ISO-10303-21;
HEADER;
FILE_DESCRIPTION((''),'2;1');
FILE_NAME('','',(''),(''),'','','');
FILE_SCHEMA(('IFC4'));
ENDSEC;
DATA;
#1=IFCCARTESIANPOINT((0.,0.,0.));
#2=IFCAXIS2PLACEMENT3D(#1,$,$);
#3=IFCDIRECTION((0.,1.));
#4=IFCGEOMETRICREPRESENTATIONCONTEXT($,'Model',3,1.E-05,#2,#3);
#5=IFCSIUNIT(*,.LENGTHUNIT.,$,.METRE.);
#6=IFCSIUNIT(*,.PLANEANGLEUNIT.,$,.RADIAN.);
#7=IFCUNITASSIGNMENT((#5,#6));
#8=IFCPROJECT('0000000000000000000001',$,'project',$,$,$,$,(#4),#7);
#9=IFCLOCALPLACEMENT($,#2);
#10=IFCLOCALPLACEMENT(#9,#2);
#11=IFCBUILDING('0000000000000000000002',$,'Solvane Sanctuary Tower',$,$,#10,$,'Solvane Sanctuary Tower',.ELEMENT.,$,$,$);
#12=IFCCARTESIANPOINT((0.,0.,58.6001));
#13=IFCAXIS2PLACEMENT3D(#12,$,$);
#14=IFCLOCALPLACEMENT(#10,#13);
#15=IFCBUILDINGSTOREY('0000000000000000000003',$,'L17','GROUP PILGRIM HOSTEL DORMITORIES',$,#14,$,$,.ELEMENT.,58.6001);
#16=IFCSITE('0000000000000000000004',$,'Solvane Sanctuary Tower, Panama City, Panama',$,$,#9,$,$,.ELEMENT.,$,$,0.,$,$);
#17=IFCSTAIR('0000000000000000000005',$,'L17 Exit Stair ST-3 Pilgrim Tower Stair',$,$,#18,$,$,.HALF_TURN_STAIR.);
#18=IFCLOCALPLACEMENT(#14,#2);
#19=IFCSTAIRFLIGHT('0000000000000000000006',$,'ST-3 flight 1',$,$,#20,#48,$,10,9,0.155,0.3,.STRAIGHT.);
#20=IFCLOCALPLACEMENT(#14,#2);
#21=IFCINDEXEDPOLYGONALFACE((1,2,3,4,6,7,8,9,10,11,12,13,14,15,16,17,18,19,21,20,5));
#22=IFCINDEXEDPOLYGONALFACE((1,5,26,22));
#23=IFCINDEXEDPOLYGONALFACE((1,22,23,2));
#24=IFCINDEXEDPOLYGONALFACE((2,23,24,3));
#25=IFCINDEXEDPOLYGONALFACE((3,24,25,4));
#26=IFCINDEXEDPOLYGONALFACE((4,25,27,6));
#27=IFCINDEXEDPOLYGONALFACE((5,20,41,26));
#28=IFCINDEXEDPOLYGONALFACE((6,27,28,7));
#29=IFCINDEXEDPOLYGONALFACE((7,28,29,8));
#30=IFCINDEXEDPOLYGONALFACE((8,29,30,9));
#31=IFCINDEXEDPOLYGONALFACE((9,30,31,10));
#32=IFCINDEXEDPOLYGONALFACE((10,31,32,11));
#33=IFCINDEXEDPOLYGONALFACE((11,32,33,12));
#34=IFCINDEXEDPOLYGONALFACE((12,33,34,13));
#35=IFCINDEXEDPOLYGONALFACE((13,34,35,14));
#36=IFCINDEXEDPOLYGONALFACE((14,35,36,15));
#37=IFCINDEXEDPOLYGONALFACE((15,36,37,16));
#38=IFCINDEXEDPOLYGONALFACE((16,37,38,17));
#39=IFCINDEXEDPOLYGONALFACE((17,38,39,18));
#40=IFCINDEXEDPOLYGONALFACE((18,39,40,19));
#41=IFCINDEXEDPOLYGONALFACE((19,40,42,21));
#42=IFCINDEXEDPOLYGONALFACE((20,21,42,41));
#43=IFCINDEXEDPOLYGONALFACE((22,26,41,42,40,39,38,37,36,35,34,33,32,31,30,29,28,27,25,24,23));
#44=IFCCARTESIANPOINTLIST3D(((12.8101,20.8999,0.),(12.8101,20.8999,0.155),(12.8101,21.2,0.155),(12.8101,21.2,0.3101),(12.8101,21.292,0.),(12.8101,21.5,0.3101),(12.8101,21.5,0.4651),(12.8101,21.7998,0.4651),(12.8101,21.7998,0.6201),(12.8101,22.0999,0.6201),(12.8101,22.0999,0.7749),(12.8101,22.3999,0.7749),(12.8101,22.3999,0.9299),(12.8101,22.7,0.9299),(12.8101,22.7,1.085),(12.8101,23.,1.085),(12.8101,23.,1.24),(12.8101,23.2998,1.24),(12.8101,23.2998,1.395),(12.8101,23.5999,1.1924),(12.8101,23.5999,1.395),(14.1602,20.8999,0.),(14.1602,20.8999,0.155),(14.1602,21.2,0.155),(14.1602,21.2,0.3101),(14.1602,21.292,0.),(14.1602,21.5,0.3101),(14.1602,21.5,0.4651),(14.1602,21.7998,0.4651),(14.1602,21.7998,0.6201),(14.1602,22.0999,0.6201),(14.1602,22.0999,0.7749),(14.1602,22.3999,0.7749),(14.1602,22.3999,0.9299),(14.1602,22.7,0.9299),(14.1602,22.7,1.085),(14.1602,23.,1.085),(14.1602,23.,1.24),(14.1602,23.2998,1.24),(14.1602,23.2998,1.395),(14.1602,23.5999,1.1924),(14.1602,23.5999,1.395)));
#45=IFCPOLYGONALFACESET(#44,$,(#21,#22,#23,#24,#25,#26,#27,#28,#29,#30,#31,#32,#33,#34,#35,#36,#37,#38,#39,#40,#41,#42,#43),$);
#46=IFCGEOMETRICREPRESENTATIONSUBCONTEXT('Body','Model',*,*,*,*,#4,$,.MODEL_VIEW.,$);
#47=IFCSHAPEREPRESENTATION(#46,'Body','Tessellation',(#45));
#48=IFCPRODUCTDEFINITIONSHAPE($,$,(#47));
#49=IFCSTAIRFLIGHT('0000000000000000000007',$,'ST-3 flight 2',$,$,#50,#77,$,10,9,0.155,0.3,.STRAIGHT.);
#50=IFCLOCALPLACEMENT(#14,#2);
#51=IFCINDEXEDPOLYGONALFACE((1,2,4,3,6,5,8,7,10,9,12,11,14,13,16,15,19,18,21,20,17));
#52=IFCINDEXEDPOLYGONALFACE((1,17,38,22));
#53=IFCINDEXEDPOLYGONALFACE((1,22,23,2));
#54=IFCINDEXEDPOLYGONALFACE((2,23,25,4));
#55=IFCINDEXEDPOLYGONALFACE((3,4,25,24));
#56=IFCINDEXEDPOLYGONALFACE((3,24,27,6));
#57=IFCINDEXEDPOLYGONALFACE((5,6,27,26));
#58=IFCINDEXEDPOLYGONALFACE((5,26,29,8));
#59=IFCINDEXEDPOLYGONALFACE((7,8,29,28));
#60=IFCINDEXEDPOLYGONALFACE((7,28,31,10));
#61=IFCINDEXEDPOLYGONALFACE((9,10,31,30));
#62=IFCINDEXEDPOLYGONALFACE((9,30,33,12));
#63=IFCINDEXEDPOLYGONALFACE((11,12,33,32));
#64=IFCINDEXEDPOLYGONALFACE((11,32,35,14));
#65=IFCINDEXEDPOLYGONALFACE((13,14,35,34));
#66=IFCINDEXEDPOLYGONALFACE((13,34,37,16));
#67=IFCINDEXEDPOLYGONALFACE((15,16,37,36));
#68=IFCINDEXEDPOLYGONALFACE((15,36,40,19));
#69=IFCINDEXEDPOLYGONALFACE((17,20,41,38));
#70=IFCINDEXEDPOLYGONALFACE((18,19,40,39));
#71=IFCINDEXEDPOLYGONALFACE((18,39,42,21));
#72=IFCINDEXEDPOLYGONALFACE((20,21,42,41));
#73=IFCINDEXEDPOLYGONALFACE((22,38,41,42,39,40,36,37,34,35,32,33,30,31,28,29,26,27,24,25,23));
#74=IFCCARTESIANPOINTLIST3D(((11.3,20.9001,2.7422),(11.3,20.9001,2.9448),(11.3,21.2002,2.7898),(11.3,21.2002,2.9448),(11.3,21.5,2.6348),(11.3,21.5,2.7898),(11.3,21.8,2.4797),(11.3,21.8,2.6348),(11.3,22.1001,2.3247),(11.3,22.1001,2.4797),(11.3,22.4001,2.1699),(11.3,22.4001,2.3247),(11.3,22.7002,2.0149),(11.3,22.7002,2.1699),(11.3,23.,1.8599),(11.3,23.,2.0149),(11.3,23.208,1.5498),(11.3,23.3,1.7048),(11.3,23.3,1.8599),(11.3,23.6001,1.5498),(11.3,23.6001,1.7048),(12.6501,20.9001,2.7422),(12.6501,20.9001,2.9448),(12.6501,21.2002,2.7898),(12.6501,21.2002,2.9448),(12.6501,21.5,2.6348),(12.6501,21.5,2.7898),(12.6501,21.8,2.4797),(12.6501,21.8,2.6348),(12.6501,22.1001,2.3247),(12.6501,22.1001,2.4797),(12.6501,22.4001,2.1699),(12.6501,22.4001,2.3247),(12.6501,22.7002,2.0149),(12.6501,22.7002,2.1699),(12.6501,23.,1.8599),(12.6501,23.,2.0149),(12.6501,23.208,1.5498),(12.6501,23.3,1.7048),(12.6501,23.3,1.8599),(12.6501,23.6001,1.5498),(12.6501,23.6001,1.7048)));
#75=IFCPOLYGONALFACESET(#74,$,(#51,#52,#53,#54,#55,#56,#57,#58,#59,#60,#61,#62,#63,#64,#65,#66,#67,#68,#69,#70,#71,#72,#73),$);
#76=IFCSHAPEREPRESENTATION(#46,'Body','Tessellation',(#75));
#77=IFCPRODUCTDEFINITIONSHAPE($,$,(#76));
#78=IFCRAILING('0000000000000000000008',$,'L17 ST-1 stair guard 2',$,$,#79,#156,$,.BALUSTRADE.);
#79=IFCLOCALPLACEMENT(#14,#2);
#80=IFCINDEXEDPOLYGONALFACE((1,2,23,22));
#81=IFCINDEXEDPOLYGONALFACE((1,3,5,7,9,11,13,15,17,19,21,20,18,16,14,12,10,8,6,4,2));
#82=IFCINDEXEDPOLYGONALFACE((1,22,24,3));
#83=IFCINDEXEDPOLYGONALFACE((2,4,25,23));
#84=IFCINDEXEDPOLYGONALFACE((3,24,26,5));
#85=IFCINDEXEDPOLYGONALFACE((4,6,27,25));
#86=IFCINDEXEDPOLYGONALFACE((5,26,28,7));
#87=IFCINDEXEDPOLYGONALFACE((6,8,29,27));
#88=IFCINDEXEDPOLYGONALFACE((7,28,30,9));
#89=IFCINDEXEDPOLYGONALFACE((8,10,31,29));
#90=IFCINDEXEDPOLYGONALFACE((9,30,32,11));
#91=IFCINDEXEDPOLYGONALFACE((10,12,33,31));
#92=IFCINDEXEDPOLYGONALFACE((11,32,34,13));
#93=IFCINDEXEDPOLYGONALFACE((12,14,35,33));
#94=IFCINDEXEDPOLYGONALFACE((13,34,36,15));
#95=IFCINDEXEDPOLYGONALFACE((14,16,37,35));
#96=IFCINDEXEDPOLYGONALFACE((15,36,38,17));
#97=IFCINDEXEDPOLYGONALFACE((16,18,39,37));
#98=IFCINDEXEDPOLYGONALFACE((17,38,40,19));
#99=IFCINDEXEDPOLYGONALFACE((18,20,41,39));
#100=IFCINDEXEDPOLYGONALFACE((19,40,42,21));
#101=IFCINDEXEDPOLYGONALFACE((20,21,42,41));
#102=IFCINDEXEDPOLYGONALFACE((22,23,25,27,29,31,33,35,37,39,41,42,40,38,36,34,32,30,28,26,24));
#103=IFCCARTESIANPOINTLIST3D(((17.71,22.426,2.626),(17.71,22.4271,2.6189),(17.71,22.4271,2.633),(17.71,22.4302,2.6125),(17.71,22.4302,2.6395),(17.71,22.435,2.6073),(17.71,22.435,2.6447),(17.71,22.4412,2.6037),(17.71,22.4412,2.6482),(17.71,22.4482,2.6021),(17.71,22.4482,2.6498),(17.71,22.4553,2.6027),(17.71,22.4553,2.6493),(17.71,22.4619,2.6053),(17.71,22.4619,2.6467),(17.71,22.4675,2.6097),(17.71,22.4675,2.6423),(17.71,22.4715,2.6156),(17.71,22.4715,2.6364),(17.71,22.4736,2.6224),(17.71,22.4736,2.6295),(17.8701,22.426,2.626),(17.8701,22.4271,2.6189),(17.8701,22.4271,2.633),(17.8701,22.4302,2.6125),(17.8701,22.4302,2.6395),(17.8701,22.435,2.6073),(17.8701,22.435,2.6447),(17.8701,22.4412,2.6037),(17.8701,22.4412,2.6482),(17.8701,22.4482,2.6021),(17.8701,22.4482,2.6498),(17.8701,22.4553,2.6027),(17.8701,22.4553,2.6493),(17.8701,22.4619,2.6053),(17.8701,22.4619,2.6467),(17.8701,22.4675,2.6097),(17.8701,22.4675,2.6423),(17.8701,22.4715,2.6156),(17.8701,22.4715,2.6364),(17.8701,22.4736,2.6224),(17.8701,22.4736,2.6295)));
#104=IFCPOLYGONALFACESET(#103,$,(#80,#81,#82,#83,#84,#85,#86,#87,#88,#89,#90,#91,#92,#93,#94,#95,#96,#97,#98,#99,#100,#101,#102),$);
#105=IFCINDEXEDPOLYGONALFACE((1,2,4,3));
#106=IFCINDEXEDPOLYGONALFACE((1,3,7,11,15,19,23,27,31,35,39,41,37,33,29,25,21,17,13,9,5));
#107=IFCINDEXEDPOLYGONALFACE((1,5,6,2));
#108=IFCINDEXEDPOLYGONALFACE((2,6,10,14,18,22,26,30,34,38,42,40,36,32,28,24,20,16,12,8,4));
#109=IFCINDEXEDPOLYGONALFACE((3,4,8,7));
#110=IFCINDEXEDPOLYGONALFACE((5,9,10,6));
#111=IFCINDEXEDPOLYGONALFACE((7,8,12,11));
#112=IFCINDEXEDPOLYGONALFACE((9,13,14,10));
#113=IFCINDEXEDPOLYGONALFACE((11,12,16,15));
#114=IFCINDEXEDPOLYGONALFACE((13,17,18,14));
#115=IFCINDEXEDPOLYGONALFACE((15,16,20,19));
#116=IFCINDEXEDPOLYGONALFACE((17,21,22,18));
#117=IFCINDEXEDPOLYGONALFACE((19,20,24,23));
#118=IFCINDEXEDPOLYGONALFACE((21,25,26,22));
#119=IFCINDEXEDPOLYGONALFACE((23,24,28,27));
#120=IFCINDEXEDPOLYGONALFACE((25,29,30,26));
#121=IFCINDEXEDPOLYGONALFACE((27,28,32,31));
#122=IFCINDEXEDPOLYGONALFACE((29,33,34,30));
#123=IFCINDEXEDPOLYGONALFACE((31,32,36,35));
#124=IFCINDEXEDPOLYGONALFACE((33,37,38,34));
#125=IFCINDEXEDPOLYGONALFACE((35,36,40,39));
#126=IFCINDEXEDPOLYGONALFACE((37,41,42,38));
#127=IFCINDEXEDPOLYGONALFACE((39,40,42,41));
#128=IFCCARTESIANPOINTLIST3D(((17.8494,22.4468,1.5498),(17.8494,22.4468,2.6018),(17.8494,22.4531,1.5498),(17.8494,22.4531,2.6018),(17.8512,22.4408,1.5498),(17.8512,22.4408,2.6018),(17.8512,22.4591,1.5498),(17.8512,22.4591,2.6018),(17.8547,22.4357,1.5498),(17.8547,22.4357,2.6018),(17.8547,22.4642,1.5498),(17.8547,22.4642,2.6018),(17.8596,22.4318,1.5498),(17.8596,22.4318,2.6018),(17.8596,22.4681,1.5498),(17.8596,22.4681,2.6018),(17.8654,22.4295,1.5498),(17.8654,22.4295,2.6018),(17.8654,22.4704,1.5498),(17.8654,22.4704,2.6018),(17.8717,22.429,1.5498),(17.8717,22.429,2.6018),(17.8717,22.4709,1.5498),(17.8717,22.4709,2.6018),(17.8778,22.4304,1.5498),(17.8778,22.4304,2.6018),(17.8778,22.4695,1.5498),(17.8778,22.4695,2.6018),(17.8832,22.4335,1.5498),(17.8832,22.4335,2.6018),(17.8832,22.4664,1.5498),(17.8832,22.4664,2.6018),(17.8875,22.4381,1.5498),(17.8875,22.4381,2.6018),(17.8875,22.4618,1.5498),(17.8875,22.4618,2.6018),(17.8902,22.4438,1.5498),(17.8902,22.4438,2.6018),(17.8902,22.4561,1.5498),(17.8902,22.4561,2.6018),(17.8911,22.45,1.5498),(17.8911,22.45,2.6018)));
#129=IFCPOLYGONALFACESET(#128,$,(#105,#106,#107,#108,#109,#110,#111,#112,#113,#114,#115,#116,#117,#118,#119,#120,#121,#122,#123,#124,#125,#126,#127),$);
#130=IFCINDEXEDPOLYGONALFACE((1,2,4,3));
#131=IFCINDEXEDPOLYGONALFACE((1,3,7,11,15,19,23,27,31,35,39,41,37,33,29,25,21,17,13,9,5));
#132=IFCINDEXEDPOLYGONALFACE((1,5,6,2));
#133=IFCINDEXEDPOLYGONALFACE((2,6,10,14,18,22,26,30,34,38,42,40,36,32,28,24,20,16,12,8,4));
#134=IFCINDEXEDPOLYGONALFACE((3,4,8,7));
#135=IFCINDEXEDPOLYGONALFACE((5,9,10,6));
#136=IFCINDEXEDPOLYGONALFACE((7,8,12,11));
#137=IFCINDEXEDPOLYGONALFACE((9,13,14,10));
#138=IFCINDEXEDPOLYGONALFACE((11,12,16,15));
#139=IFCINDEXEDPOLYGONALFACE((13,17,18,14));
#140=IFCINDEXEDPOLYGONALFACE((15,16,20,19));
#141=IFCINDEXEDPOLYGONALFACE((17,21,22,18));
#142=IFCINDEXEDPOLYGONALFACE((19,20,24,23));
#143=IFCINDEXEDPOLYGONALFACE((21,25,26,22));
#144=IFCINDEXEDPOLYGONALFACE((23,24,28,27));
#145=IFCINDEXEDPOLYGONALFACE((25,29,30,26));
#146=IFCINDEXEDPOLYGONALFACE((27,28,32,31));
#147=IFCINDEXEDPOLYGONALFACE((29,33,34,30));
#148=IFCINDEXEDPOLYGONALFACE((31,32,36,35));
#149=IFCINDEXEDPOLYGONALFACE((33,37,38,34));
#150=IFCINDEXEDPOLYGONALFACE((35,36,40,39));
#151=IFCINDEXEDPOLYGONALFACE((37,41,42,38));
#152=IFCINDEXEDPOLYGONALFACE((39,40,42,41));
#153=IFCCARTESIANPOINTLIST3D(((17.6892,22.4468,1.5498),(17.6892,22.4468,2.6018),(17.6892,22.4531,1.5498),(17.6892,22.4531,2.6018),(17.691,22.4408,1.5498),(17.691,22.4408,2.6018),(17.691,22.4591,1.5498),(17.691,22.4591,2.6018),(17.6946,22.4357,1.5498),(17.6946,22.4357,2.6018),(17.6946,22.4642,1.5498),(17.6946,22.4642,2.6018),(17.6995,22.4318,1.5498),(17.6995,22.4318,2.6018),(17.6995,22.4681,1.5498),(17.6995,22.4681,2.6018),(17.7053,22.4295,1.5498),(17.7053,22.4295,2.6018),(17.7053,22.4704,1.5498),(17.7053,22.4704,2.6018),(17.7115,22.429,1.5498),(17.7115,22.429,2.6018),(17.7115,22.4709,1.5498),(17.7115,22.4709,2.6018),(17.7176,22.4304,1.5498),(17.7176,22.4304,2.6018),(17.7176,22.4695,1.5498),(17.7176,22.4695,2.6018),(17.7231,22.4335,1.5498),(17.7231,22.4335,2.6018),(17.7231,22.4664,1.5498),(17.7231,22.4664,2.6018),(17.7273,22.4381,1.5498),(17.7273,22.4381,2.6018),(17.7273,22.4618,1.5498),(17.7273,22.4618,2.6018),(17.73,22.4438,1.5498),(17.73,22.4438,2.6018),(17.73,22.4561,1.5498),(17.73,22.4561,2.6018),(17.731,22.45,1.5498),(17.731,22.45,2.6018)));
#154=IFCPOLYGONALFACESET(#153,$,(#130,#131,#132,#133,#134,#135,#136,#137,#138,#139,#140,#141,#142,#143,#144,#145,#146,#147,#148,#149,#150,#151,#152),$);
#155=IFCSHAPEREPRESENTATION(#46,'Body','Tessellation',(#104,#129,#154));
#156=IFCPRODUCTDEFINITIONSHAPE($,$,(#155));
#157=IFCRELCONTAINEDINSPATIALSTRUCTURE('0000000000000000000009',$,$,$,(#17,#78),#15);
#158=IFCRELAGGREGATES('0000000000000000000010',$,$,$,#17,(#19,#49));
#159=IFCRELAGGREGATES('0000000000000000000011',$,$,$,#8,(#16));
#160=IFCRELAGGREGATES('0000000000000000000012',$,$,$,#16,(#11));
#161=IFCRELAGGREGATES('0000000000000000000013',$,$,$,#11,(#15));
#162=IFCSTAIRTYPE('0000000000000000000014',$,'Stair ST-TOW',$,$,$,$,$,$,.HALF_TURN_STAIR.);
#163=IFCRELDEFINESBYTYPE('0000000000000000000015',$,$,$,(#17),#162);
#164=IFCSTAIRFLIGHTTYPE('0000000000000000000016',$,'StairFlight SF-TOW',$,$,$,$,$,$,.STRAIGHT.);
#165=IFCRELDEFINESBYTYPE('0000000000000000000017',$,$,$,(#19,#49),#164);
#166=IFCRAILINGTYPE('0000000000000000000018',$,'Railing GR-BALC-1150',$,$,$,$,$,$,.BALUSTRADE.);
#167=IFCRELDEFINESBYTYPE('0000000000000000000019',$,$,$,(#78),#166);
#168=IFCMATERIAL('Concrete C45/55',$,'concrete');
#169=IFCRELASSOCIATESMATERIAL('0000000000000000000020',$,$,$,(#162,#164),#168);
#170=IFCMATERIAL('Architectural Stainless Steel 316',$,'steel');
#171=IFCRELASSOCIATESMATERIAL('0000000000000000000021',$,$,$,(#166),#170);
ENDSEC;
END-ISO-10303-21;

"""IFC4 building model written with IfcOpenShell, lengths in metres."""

from ifc_helpers import new_model, si_unit, direction, frame, origin, origin_2d, place, context, subcontext, project, spatial, polyline, circle, outline, extrude, material, type_object, element, aggregate, save


model = new_model("IFC4")

# Units and contexts
model_context = context("Model", 3, precision=1e-05, world=origin(), true_north=direction((0.0, 1.0)))
body_context = subcontext(model_context, "Body", "Model", "MODEL_VIEW")
ifc_project = project(units=[si_unit("LENGTHUNIT", "METRE"), si_unit("PLANEANGLEUNIT", "RADIAN")], contexts=[model_context])

# Site, building, storey
site_placement = place(None, origin())
site = spatial("IfcSite", under=ifc_project, at=site_placement, Name="Solvane Sanctuary Tower, Panama City, Panama", CompositionType="ELEMENT", RefElevation=0.0)
building_placement = place(site_placement, origin())
building = spatial("IfcBuilding", under=site, at=building_placement, Name="Solvane Sanctuary Tower", LongName="Solvane Sanctuary Tower", CompositionType="ELEMENT")
storey_placement = place(building_placement, frame((0.0, 0.0, 58.6001)))
storey = spatial("IfcBuildingStorey", under=building, at=storey_placement, Name="L17", Description="GROUP PILGRIM HOSTEL DORMITORIES", CompositionType="ELEMENT", Elevation=58.6001)

# Shared definitions
ifc_material_1 = material(Name="Concrete C45/55", Category="concrete")
stair_type = type_object("IfcStairType", Name="Stair ST-TOW", PredefinedType="HALF_TURN_STAIR", material=ifc_material_1)
stair_flight_type = type_object("IfcStairFlightType", Name="StairFlight SF-TOW", PredefinedType="STRAIGHT", material=ifc_material_1)

# Stair, stair flights
stair_1_placement = place(storey_placement, origin())
stair_1 = element("IfcStair", 1, at=stair_1_placement, inside=storey, type_object=stair_type, Name="L17 Exit Stair ST-3 Pilgrim Tower Stair", PredefinedType="HALF_TURN_STAIR")
stair_flight_1_placement = place(storey_placement, frame((13.4851, 20.8999, 0.0), z_axis=(0.0, 0.0, 1.0), x_axis=(0.0, 1.0, 0.0)))
stair_flight_1 = element("IfcStairFlight", 2, at=stair_flight_1_placement, type_object=stair_flight_type, Name="ST-3 flight 1", NumberOfRisers=10, NumberOfTreads=9, PredefinedType="STRAIGHT", RiserHeight=0.155, TreadLength=0.3, context=body_context, shape_type="SweptSolid", body=[
    extrude(outline(polyline([(0.0, 0.0), (0.0, 0.155), (0.3, 0.155), (0.3, 0.3101), (0.6001, 0.3101), (0.6001, 0.4651), (0.8999, 0.4651), (0.8999, 0.6201), (1.2, 0.6201), (1.2, 0.7749), (1.5, 0.7749), (1.5, 0.9299), (1.8, 0.9299), (1.8, 1.085), (2.1001, 1.085), (2.1001, 1.24), (2.3999, 1.24), (2.3999, 1.395), (2.7, 1.395), (2.7, 1.55), (2.7, 1.1924), (0.3921, 0.0), (0.0, 0.0)])), frame((0.0, 0.675, 0.0), z_axis=(0.0, -1.0, 0.0), x_axis=(1.0, 0.0, 0.0)), (0.0, 0.0, 1.0), 1.3501),
])
stair_flight_2_placement = place(storey_placement, frame((11.9751, 23.6001, 1.5498), z_axis=(0.0, 0.0, 1.0), x_axis=(0.0, -1.0, 0.0)))
stair_flight_2 = element("IfcStairFlight", 3, at=stair_flight_2_placement, type_object=stair_flight_type, Name="ST-3 flight 2", NumberOfRisers=10, NumberOfTreads=9, PredefinedType="STRAIGHT", RiserHeight=0.155, TreadLength=0.3, context=body_context, shape_type="SweptSolid", body=[
    extrude(outline(polyline([(0.0, 0.0), (0.0, 0.155), (0.3, 0.155), (0.3, 0.3101), (0.6001, 0.3101), (0.6001, 0.4651), (0.8999, 0.4651), (0.8999, 0.6201), (1.2, 0.6201), (1.2, 0.7749), (1.5, 0.7749), (1.5, 0.9299), (1.8, 0.9299), (1.8, 1.085), (2.1001, 1.085), (2.1001, 1.24), (2.3999, 1.24), (2.3999, 1.395), (2.7, 1.395), (2.7, 1.55), (2.7, 1.1924), (0.3921, 0.0), (0.0, 0.0)])), frame((0.0, 0.675, 0.0), z_axis=(0.0, -1.0, 0.0), x_axis=(1.0, 0.0, 0.0)), (0.0, 0.0, 1.0), 1.3501),
])
aggregate(stair_1, [stair_flight_1, stair_flight_2])

# Railing
ifc_material_2 = material(Name="Architectural Stainless Steel 316", Category="steel")
railing_type_1 = type_object("IfcRailingType", Name="Railing GR-BALC-1150", PredefinedType="BALUSTRADE", material=ifc_material_2)
railing_1_placement = place(storey_placement, frame((17.8701, 22.45, 1.5498)))
element("IfcRailing", 4, at=railing_1_placement, inside=storey, type_object=railing_type_1, Name="L17 ST-1 stair guard 2", PredefinedType="BALUSTRADE", context=body_context, shape_type="SweptSolid", body=[
    extrude(circle(Radius=0.0239, at=origin_2d()), frame((0.0, 0.0, 1.0762), z_axis=(-1.0, 0.0, 0.0), x_axis=(0.0, -1.0, 0.0)), (0.0, 0.0, 1.0), 0.1602),
    extrude(circle(Radius=0.021, at=origin_2d()), origin(), (0.0, 0.0, 1.0), 1.052),
    extrude(circle(Radius=0.021, at=origin_2d()), frame((-0.1602, 0.0, 0.0)), (0.0, 0.0, 1.0), 1.052),
])

save(model, "model.ifc")
